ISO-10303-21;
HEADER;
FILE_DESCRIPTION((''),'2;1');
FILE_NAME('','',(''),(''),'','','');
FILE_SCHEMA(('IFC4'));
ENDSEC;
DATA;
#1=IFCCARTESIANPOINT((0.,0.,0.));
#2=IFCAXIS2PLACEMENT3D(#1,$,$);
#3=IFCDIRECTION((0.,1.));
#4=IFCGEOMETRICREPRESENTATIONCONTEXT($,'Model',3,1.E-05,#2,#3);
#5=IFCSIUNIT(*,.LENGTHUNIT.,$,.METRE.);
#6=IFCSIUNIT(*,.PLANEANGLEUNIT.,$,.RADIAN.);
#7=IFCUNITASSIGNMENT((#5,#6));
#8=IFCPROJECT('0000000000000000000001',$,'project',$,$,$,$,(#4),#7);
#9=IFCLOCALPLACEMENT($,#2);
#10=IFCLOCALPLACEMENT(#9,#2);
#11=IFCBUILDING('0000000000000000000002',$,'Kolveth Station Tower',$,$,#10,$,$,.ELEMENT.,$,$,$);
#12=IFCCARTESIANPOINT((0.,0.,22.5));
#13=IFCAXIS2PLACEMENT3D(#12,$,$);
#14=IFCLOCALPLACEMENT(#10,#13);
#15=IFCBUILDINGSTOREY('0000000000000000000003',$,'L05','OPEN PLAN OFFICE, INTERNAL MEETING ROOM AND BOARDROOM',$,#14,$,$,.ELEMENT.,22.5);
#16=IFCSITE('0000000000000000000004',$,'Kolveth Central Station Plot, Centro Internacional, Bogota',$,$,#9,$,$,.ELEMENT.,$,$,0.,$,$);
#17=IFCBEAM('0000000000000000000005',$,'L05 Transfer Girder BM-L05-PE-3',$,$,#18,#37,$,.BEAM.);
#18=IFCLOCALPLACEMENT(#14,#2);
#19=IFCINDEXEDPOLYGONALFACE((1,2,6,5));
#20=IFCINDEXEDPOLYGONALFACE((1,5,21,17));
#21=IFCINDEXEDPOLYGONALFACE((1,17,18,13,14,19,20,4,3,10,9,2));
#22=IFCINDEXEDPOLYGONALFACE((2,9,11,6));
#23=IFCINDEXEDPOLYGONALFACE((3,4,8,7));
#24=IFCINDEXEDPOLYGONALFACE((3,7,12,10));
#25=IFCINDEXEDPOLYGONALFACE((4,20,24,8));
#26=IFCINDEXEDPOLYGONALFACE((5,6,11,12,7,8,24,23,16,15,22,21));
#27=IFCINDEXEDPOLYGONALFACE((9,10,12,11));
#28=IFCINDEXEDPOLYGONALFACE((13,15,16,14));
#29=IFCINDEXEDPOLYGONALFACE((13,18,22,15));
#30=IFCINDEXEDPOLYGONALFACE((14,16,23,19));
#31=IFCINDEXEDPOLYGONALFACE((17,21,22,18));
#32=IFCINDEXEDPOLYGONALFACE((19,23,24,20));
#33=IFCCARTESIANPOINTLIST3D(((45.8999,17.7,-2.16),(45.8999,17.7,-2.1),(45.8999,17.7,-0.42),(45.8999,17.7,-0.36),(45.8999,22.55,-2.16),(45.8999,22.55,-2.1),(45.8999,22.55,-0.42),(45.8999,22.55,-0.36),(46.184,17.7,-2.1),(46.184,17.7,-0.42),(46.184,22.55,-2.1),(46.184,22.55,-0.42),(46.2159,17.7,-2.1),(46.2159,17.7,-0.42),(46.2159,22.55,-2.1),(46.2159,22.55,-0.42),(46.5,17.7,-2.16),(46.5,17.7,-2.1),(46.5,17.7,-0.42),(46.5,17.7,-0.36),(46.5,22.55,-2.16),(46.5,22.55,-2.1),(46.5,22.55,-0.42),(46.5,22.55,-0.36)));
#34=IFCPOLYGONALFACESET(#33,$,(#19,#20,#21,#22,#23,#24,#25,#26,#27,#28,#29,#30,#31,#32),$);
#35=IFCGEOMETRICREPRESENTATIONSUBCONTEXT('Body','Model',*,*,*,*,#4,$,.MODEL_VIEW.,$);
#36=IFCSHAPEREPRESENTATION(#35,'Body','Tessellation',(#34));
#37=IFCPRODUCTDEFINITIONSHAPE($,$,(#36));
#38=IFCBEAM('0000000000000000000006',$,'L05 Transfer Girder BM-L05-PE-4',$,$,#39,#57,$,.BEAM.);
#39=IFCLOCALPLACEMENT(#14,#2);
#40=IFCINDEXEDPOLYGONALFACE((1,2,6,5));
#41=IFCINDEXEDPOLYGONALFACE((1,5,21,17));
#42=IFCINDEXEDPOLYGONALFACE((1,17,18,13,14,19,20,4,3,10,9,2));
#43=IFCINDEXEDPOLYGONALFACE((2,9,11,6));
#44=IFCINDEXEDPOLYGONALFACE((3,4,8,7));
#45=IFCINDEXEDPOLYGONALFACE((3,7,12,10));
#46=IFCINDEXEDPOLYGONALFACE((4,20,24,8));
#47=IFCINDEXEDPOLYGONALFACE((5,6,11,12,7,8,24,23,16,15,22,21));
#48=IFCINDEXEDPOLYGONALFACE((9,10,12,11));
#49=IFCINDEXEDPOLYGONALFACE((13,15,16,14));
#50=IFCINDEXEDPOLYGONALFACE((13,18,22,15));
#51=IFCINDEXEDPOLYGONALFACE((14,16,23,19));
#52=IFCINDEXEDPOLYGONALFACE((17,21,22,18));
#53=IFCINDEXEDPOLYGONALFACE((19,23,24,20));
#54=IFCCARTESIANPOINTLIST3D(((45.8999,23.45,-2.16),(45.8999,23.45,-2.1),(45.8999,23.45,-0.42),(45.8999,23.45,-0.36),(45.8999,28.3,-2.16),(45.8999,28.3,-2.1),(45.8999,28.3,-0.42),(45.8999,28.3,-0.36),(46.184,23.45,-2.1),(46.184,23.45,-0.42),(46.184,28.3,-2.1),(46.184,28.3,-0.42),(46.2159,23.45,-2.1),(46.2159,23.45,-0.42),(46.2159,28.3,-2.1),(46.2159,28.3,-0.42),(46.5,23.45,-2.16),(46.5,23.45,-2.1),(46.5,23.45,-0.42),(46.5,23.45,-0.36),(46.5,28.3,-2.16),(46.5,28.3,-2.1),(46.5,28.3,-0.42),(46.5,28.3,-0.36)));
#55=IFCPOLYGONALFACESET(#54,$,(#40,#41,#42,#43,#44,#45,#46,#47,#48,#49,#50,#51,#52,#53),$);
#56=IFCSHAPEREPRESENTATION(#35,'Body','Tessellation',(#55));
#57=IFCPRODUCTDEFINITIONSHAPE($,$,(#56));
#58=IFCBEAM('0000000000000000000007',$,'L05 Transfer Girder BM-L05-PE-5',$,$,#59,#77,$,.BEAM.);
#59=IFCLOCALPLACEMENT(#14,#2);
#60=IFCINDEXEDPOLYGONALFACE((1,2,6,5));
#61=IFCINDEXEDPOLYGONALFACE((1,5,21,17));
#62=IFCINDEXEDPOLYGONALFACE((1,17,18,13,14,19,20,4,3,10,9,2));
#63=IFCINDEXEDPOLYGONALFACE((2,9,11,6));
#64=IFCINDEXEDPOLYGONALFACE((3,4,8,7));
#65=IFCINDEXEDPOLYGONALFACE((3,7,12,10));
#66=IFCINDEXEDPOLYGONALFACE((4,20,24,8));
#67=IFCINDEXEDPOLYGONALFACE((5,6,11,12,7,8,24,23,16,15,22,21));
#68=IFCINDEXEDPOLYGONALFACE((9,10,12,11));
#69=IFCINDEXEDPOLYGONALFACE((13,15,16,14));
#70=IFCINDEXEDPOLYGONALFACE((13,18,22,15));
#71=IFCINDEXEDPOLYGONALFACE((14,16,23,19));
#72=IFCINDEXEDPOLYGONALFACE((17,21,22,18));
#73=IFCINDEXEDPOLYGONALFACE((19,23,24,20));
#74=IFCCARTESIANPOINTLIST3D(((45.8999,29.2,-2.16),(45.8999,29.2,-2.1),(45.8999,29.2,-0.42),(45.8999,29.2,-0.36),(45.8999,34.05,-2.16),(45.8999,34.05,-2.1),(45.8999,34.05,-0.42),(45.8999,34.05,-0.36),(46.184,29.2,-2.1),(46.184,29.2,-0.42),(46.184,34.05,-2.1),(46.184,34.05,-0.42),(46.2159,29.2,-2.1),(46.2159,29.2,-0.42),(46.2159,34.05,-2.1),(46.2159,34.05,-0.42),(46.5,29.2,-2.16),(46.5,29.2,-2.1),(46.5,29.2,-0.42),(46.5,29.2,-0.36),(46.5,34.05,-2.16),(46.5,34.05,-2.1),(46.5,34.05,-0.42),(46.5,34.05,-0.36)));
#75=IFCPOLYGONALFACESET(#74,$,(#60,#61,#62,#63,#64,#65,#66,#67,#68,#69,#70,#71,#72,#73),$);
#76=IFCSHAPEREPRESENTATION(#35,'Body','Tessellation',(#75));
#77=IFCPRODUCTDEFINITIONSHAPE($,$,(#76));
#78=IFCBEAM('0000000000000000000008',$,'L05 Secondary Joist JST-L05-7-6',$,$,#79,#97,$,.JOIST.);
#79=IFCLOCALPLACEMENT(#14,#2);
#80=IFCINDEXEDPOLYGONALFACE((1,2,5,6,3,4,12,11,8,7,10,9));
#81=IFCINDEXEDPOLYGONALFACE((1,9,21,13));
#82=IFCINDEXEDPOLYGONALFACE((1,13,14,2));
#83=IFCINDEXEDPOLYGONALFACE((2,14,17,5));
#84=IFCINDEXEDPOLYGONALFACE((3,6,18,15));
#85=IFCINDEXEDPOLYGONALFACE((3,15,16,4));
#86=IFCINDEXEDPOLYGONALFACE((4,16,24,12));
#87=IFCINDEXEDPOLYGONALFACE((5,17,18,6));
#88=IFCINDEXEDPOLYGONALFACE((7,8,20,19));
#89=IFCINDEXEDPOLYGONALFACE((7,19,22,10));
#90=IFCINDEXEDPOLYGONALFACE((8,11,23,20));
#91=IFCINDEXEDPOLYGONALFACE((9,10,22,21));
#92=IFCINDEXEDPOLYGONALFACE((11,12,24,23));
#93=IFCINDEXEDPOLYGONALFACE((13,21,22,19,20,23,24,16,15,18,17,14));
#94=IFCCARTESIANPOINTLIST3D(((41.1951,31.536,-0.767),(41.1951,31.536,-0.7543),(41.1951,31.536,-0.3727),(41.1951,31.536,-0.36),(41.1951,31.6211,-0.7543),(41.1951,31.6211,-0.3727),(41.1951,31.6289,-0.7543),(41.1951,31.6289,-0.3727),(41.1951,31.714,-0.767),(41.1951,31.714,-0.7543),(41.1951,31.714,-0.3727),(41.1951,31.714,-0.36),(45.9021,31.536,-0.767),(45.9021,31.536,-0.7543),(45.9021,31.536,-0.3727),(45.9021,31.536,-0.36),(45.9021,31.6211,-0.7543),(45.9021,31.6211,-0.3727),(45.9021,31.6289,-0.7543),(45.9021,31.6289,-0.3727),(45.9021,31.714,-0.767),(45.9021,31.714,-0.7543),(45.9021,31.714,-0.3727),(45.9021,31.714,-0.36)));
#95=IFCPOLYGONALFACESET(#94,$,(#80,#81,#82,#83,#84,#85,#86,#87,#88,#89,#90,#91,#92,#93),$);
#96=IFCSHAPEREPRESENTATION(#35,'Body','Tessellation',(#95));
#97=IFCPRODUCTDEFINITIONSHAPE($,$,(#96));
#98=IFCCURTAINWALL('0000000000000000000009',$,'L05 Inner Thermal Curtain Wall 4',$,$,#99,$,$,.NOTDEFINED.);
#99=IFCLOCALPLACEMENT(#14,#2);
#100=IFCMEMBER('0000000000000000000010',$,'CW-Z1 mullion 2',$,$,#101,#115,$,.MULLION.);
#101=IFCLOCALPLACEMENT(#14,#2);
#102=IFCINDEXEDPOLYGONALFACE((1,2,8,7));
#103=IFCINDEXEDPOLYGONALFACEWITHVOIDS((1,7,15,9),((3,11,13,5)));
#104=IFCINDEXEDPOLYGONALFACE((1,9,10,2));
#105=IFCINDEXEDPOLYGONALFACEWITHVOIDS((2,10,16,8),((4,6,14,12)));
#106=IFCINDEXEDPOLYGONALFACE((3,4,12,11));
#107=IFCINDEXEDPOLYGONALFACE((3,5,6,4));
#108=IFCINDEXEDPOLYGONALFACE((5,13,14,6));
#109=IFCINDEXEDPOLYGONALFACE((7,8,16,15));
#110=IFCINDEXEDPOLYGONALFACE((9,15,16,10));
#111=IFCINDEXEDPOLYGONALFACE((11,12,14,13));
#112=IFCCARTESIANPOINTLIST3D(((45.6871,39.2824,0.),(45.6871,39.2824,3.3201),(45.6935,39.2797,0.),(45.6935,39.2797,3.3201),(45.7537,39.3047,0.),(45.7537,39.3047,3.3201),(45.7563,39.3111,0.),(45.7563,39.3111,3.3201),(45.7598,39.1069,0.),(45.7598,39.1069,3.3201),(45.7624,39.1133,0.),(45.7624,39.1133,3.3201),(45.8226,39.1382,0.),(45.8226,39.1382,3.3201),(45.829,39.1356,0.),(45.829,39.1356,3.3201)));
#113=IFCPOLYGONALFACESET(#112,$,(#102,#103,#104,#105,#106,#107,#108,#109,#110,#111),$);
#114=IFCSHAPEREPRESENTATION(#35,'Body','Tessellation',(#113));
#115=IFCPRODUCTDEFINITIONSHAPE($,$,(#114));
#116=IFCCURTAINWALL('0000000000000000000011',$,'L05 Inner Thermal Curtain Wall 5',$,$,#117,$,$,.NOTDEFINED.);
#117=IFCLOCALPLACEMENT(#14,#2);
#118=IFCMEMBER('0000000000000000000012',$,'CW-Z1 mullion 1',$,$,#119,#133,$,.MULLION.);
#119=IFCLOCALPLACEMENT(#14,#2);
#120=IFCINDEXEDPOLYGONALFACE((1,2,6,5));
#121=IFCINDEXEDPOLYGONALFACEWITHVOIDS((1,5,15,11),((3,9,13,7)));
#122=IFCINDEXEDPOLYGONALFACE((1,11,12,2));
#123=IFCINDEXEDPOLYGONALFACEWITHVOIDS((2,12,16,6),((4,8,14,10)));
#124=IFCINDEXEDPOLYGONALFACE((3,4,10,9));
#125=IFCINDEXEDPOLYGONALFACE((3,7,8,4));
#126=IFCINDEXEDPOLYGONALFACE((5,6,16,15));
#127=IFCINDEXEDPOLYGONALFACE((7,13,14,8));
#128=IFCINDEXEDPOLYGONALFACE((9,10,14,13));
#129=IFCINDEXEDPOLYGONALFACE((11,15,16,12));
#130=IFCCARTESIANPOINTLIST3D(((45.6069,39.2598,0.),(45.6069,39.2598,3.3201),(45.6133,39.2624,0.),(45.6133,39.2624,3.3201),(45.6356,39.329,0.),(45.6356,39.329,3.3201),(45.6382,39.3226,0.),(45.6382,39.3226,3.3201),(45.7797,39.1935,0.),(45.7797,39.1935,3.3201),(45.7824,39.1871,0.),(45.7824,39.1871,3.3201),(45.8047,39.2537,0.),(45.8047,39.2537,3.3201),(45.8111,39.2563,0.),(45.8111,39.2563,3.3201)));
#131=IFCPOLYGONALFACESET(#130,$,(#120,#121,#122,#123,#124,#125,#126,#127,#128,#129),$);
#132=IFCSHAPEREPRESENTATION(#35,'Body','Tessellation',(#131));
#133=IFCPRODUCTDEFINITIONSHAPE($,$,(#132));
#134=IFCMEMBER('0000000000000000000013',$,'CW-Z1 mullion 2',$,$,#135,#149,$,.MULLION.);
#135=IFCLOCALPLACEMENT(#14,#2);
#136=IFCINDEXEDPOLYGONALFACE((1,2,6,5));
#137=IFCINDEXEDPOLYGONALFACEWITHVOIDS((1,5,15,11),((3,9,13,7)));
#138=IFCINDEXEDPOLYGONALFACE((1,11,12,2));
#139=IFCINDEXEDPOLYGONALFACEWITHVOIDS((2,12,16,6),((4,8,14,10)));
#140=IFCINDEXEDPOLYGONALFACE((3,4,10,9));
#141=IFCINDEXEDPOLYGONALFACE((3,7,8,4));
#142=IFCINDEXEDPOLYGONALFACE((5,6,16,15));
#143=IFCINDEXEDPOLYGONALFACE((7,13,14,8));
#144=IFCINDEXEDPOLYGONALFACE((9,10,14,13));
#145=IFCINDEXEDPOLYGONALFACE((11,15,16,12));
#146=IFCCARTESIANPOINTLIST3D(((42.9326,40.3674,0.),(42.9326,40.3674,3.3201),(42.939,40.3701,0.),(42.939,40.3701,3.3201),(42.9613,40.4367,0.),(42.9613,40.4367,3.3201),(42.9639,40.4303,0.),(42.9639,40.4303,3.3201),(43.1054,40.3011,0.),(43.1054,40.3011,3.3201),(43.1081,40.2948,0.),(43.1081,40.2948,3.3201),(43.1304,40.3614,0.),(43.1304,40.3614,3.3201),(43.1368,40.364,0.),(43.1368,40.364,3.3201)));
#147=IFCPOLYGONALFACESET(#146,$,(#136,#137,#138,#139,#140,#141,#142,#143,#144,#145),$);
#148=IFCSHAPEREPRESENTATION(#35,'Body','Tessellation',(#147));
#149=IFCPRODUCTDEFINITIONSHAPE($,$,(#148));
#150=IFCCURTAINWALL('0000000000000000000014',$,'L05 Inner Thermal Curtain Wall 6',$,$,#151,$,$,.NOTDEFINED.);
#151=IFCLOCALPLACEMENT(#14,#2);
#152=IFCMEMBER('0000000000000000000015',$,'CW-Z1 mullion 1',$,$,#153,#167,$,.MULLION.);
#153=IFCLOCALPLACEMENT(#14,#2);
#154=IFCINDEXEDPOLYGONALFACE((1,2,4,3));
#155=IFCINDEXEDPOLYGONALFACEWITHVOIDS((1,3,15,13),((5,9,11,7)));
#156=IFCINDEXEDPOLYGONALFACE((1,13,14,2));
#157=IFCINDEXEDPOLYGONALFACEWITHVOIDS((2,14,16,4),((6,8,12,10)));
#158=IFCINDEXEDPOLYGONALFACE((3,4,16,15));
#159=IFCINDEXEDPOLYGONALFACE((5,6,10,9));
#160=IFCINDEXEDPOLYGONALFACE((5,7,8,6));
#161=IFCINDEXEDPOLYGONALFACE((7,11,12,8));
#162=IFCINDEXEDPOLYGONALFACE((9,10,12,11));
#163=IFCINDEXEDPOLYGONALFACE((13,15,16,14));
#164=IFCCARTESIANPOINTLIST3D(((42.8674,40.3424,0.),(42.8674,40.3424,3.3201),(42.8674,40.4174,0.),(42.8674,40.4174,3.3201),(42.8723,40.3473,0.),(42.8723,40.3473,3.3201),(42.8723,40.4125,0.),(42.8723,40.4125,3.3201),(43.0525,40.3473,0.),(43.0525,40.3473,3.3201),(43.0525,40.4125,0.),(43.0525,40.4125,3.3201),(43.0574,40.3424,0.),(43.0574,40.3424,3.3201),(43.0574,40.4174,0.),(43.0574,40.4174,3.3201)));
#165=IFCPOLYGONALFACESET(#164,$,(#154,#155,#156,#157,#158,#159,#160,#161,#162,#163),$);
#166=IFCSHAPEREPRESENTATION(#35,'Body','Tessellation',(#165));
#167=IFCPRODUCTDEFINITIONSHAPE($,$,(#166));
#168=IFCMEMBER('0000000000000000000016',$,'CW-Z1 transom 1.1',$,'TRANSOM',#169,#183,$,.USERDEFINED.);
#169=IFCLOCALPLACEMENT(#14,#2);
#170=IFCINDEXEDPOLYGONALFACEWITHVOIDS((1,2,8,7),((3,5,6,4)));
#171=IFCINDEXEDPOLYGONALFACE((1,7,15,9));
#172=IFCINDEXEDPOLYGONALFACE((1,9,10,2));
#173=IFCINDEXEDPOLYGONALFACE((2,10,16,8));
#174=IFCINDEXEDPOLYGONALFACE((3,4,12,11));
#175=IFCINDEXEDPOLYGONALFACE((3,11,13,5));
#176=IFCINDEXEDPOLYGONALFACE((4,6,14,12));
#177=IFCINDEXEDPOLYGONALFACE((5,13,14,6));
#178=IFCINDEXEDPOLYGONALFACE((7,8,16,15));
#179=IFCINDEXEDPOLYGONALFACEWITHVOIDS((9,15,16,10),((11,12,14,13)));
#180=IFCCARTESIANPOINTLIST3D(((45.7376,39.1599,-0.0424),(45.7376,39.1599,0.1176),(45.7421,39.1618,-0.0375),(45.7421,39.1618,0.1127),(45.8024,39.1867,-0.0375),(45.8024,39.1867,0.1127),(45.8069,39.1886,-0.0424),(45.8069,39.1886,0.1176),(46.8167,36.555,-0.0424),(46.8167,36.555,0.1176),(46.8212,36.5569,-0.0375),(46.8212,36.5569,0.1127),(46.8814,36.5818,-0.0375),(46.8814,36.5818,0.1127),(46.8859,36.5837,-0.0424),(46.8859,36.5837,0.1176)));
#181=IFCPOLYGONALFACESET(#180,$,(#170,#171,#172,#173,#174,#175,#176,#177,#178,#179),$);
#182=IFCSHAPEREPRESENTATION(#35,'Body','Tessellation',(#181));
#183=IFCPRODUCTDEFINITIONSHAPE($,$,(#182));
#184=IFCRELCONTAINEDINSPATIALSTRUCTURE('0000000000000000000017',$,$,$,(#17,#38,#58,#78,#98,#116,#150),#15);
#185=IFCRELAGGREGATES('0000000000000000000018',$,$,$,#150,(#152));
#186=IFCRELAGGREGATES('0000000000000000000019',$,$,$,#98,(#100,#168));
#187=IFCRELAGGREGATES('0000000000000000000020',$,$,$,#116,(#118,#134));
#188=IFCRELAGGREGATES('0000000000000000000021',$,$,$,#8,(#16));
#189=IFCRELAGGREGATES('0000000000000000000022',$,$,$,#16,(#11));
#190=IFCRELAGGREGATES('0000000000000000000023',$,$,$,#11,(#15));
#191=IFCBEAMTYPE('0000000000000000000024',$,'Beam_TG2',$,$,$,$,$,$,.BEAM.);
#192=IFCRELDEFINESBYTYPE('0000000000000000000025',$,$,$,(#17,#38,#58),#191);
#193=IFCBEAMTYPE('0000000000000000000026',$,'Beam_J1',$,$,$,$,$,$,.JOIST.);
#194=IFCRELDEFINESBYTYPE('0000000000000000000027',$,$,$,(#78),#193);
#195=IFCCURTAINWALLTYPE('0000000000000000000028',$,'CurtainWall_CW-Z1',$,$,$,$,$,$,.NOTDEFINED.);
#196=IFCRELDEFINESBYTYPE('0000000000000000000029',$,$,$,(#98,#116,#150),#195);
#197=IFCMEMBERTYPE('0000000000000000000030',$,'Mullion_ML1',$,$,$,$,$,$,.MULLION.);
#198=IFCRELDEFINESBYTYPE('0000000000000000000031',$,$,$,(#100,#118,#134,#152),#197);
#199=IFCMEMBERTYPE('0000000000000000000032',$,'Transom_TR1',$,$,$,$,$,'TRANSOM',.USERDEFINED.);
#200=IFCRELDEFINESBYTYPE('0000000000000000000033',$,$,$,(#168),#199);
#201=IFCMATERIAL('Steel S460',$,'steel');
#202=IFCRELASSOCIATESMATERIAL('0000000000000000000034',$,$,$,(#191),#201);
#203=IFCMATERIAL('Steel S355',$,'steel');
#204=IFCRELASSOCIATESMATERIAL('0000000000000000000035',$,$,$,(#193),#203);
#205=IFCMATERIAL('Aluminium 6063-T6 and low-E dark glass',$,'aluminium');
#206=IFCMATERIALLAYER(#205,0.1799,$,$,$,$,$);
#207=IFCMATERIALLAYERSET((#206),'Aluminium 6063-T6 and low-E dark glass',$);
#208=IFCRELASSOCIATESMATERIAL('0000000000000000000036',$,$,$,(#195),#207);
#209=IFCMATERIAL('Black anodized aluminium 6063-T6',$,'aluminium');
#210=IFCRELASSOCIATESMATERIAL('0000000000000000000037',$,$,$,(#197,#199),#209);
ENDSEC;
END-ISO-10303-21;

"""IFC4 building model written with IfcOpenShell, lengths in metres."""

from ifc_helpers import new_model, si_unit, direction, frame, origin, origin_2d, place, context, subcontext, project, spatial, hollow_rectangle, i_section, extrude, source, transform, mapped, material, layer, layer_set, material_profile, profile_set, type_object, element, aggregate, save


model = new_model("IFC4")

# Units and contexts
model_context = context("Model", 3, precision=1e-05, world=origin(), true_north=direction((0.0, 1.0)))
body_context = subcontext(model_context, "Body", "Model", "MODEL_VIEW")
ifc_project = project(units=[si_unit("LENGTHUNIT", "METRE"), si_unit("PLANEANGLEUNIT", "RADIAN")], contexts=[model_context])

# Site, building, storey
site_placement = place(None, origin())
site = spatial("IfcSite", under=ifc_project, at=site_placement, Name="Kolveth Central Station Plot, Centro Internacional, Bogota", CompositionType="ELEMENT", RefElevation=0.0)
building_placement = place(site_placement, origin())
building = spatial("IfcBuilding", under=site, at=building_placement, Name="Kolveth Station Tower", CompositionType="ELEMENT")
storey_placement = place(building_placement, frame((0.0, 0.0, 22.5)))
storey = spatial("IfcBuildingStorey", under=building, at=storey_placement, Name="L05", Description="OPEN PLAN OFFICE, INTERNAL MEETING ROOM AND BOARDROOM", CompositionType="ELEMENT", Elevation=22.5)

# Shared definitions
ifc_material_1 = material(Name="Steel S460", Category="steel")
ifc_material_2 = material(Name="Steel S355", Category="steel")

# Beams
ifc_material_profile_1 = material_profile(ifc_material_1, i_section(OverallWidth=0.6001, OverallDepth=1.8, WebThickness=0.032, FlangeThickness=0.0601, at=origin_2d()), Name="PG1800x600x60")
ifc_profile_set_1 = profile_set([ifc_material_profile_1], Name="Steel S460")
beam_type_1 = type_object("IfcBeamType", Name="Beam_TG2", PredefinedType="BEAM", material=ifc_profile_set_1)
shared_shape_1 = source(origin(), body_context, "Body", "SweptSolid", [
    extrude(i_section(OverallWidth=0.6001, OverallDepth=1.8, WebThickness=0.032, FlangeThickness=0.0601, at=origin_2d()), origin(), (0.0, 0.0, 1.0), 4.8501),
])
for number, where, z_axis, x_axis, name in (
    (1, (46.2, 17.7, -1.26), (0.0, 1.0, 0.0), (-1.0, 0.0, 0.0), "L05 Transfer Girder BM-L05-PE-3"),
    (2, (46.2, 23.45, -1.26), (0.0, 1.0, 0.0), (-1.0, 0.0, 0.0), "L05 Transfer Girder BM-L05-PE-4"),
    (3, (46.2, 29.2, -1.26), (0.0, 1.0, 0.0), (-1.0, 0.0, 0.0), "L05 Transfer Girder BM-L05-PE-5"),
):
    element("IfcBeam", number, at=place(storey_placement, frame(where, z_axis=z_axis, x_axis=x_axis)), inside=storey, type_object=beam_type_1, Name=name, PredefinedType="BEAM", context=body_context, shape_type="MappedRepresentation", body=[
        mapped(shared_shape_1, transform((0.0, 0.0, 0.0), x_axis=(1.0, 0.0, 0.0), y_axis=(0.0, 1.0, 0.0), z_axis=(0.0, 0.0, 1.0), scale=1.0)),
    ])
ifc_material_profile_2 = material_profile(ifc_material_2, i_section(OverallWidth=0.178, OverallDepth=0.407, WebThickness=0.0078, FlangeThickness=0.0127, at=origin_2d()), Name="W410x60")
ifc_profile_set_2 = profile_set([ifc_material_profile_2], Name="Steel S355")
beam_type_2 = type_object("IfcBeamType", Name="Beam_J1", PredefinedType="JOIST", material=ifc_profile_set_2)
shared_shape_2 = source(origin(), body_context, "Body", "SweptSolid", [
    extrude(i_section(OverallWidth=0.178, OverallDepth=0.407, WebThickness=0.0078, FlangeThickness=0.0127, at=origin_2d()), origin(), (0.0, 0.0, 1.0), 4.707),
])
beam_1_placement = place(storey_placement, frame((41.1951, 31.625, -0.5635), z_axis=(1.0, 0.0, 0.0), x_axis=(0.0, 1.0, 0.0)))
element("IfcBeam", 4, at=beam_1_placement, inside=storey, type_object=beam_type_2, Name="L05 Secondary Joist JST-L05-7-6", PredefinedType="JOIST", context=body_context, shape_type="MappedRepresentation", body=[
    mapped(shared_shape_2, transform((0.0, 0.0, 0.0), x_axis=(1.0, 0.0, 0.0), y_axis=(0.0, 1.0, 0.0), z_axis=(0.0, 0.0, 1.0), scale=1.0)),
])

# Curtain wall, member
ifc_material_3 = material(Name="Aluminium 6063-T6 and low-E dark glass", Category="aluminium")
ifc_layer_1 = layer(ifc_material_3, 0.1799)
ifc_layer_set_1 = layer_set([ifc_layer_1], Name="Aluminium 6063-T6 and low-E dark glass")
curtain_wall_type_1 = type_object("IfcCurtainWallType", Name="CurtainWall_CW-Z1", PredefinedType="NOTDEFINED", material=ifc_layer_set_1)
curtain_wall_1_placement = place(storey_placement, origin())
curtain_wall_1 = element("IfcCurtainWall", 5, at=curtain_wall_1_placement, inside=storey, type_object=curtain_wall_type_1, Name="L05 Inner Thermal Curtain Wall 4", PredefinedType="NOTDEFINED")
ifc_material_4 = material(Name="Black anodized aluminium 6063-T6", Category="aluminium")
ifc_material_profile_3 = material_profile(ifc_material_4, hollow_rectangle(XDim=0.075, YDim=0.1899, WallThickness=0.0049, at=origin_2d()), Name="ALU-75x190x5")
ifc_profile_set_3 = profile_set([ifc_material_profile_3], Name="Black anodized aluminium 6063-T6")
member_type_1 = type_object("IfcMemberType", Name="Mullion_ML1", PredefinedType="MULLION", material=ifc_profile_set_3)
shared_shape_3 = source(origin(), body_context, "Body", "SweptSolid", [
    extrude(hollow_rectangle(XDim=0.075, YDim=0.1899, WallThickness=0.0049, at=origin_2d()), origin(), (0.0, 0.0, 1.0), 3.3201),
])
member_1_placement = place(storey_placement, frame((45.7581, 39.209, 0.0), z_axis=(0.0, 0.0, 1.0), x_axis=(-0.923884, -0.382673, 0.0)))
member_1 = element("IfcMember", 6, at=member_1_placement, type_object=member_type_1, Name="CW-Z1 mullion 2", PredefinedType="MULLION", context=body_context, shape_type="MappedRepresentation", body=[
    mapped(shared_shape_3, transform((0.0, 0.0, 0.0), x_axis=(1.0, 0.0, 0.0), y_axis=(0.0, 1.0, 0.0), z_axis=(0.0, 0.0, 1.0), scale=1.0)),
])

# Curtain wall, members
curtain_wall_2_placement = place(storey_placement, origin())
curtain_wall_2 = element("IfcCurtainWall", 7, at=curtain_wall_2_placement, inside=storey, type_object=curtain_wall_type_1, Name="L05 Inner Thermal Curtain Wall 5", PredefinedType="NOTDEFINED")
member_2_placement = place(storey_placement, frame((45.709, 39.2581, 0.0), z_axis=(0.0, 0.0, 1.0), x_axis=(-0.382673, -0.923884, 0.0)))
member_2 = element("IfcMember", 8, at=member_2_placement, type_object=member_type_1, Name="CW-Z1 mullion 1", PredefinedType="MULLION", context=body_context, shape_type="MappedRepresentation", body=[
    mapped(shared_shape_3, transform((0.0, 0.0, 0.0), x_axis=(1.0, 0.0, 0.0), y_axis=(0.0, 1.0, 0.0), z_axis=(0.0, 0.0, 1.0), scale=1.0)),
])
member_3_placement = place(storey_placement, frame((43.0347, 40.3657, 0.0), z_axis=(0.0, 0.0, 1.0), x_axis=(-0.382673, -0.923884, 0.0)))
member_3 = element("IfcMember", 9, at=member_3_placement, type_object=member_type_1, Name="CW-Z1 mullion 2", PredefinedType="MULLION", context=body_context, shape_type="MappedRepresentation", body=[
    mapped(shared_shape_3, transform((0.0, 0.0, 0.0), x_axis=(1.0, 0.0, 0.0), y_axis=(0.0, 1.0, 0.0), z_axis=(0.0, 0.0, 1.0), scale=1.0)),
])

# Curtain wall, member
curtain_wall_3_placement = place(storey_placement, origin())
curtain_wall_3 = element("IfcCurtainWall", 10, at=curtain_wall_3_placement, inside=storey, type_object=curtain_wall_type_1, Name="L05 Inner Thermal Curtain Wall 6", PredefinedType="NOTDEFINED")
member_4_placement = place(storey_placement, frame((42.9624, 40.3799, 0.0), z_axis=(0.0, 0.0, 1.0), x_axis=(0.0, -1.0, 0.0)))
member_4 = element("IfcMember", 11, at=member_4_placement, type_object=member_type_1, Name="CW-Z1 mullion 1", PredefinedType="MULLION", context=body_context, shape_type="MappedRepresentation", body=[
    mapped(shared_shape_3, transform((0.0, 0.0, 0.0), x_axis=(1.0, 0.0, 0.0), y_axis=(0.0, 1.0, 0.0), z_axis=(0.0, 0.0, 1.0), scale=1.0)),
])

# Member
ifc_material_profile_4 = material_profile(ifc_material_4, hollow_rectangle(XDim=0.075, YDim=0.1599, WallThickness=0.0049, at=origin_2d()), Name="ALU-75x160x5")
ifc_profile_set_4 = profile_set([ifc_material_profile_4], Name="Black anodized aluminium 6063-T6")
member_type_2 = type_object("IfcMemberType", Name="Transom_TR1", ElementType="TRANSOM", PredefinedType="USERDEFINED", material=ifc_profile_set_4)
shared_shape_4 = source(origin(), body_context, "Body", "SweptSolid", [
    extrude(hollow_rectangle(XDim=0.075, YDim=0.1599, WallThickness=0.0049, at=origin_2d()), origin(), (0.0, 0.0, 1.0), 2.8196),
])
member_5_placement = place(storey_placement, frame((46.8513, 36.5693, 0.0376), z_axis=(-0.382709, 0.923869, 0.0), x_axis=(-0.923869, -0.382709, 0.0)))
member_5 = element("IfcMember", 12, at=member_5_placement, type_object=member_type_2, Name="CW-Z1 transom 1.1", ObjectType="TRANSOM", PredefinedType="USERDEFINED", context=body_context, shape_type="MappedRepresentation", body=[
    mapped(shared_shape_4, transform((0.0, 0.0, 0.0), x_axis=(1.0, 0.0, 0.0), y_axis=(0.0, 1.0, 0.0), z_axis=(0.0, 0.0, 1.0), scale=1.0)),
])
aggregate(curtain_wall_3, [member_4])

aggregate(curtain_wall_1, [member_1, member_5])
aggregate(curtain_wall_2, [member_2, member_3])

save(model, "model.ifc")
